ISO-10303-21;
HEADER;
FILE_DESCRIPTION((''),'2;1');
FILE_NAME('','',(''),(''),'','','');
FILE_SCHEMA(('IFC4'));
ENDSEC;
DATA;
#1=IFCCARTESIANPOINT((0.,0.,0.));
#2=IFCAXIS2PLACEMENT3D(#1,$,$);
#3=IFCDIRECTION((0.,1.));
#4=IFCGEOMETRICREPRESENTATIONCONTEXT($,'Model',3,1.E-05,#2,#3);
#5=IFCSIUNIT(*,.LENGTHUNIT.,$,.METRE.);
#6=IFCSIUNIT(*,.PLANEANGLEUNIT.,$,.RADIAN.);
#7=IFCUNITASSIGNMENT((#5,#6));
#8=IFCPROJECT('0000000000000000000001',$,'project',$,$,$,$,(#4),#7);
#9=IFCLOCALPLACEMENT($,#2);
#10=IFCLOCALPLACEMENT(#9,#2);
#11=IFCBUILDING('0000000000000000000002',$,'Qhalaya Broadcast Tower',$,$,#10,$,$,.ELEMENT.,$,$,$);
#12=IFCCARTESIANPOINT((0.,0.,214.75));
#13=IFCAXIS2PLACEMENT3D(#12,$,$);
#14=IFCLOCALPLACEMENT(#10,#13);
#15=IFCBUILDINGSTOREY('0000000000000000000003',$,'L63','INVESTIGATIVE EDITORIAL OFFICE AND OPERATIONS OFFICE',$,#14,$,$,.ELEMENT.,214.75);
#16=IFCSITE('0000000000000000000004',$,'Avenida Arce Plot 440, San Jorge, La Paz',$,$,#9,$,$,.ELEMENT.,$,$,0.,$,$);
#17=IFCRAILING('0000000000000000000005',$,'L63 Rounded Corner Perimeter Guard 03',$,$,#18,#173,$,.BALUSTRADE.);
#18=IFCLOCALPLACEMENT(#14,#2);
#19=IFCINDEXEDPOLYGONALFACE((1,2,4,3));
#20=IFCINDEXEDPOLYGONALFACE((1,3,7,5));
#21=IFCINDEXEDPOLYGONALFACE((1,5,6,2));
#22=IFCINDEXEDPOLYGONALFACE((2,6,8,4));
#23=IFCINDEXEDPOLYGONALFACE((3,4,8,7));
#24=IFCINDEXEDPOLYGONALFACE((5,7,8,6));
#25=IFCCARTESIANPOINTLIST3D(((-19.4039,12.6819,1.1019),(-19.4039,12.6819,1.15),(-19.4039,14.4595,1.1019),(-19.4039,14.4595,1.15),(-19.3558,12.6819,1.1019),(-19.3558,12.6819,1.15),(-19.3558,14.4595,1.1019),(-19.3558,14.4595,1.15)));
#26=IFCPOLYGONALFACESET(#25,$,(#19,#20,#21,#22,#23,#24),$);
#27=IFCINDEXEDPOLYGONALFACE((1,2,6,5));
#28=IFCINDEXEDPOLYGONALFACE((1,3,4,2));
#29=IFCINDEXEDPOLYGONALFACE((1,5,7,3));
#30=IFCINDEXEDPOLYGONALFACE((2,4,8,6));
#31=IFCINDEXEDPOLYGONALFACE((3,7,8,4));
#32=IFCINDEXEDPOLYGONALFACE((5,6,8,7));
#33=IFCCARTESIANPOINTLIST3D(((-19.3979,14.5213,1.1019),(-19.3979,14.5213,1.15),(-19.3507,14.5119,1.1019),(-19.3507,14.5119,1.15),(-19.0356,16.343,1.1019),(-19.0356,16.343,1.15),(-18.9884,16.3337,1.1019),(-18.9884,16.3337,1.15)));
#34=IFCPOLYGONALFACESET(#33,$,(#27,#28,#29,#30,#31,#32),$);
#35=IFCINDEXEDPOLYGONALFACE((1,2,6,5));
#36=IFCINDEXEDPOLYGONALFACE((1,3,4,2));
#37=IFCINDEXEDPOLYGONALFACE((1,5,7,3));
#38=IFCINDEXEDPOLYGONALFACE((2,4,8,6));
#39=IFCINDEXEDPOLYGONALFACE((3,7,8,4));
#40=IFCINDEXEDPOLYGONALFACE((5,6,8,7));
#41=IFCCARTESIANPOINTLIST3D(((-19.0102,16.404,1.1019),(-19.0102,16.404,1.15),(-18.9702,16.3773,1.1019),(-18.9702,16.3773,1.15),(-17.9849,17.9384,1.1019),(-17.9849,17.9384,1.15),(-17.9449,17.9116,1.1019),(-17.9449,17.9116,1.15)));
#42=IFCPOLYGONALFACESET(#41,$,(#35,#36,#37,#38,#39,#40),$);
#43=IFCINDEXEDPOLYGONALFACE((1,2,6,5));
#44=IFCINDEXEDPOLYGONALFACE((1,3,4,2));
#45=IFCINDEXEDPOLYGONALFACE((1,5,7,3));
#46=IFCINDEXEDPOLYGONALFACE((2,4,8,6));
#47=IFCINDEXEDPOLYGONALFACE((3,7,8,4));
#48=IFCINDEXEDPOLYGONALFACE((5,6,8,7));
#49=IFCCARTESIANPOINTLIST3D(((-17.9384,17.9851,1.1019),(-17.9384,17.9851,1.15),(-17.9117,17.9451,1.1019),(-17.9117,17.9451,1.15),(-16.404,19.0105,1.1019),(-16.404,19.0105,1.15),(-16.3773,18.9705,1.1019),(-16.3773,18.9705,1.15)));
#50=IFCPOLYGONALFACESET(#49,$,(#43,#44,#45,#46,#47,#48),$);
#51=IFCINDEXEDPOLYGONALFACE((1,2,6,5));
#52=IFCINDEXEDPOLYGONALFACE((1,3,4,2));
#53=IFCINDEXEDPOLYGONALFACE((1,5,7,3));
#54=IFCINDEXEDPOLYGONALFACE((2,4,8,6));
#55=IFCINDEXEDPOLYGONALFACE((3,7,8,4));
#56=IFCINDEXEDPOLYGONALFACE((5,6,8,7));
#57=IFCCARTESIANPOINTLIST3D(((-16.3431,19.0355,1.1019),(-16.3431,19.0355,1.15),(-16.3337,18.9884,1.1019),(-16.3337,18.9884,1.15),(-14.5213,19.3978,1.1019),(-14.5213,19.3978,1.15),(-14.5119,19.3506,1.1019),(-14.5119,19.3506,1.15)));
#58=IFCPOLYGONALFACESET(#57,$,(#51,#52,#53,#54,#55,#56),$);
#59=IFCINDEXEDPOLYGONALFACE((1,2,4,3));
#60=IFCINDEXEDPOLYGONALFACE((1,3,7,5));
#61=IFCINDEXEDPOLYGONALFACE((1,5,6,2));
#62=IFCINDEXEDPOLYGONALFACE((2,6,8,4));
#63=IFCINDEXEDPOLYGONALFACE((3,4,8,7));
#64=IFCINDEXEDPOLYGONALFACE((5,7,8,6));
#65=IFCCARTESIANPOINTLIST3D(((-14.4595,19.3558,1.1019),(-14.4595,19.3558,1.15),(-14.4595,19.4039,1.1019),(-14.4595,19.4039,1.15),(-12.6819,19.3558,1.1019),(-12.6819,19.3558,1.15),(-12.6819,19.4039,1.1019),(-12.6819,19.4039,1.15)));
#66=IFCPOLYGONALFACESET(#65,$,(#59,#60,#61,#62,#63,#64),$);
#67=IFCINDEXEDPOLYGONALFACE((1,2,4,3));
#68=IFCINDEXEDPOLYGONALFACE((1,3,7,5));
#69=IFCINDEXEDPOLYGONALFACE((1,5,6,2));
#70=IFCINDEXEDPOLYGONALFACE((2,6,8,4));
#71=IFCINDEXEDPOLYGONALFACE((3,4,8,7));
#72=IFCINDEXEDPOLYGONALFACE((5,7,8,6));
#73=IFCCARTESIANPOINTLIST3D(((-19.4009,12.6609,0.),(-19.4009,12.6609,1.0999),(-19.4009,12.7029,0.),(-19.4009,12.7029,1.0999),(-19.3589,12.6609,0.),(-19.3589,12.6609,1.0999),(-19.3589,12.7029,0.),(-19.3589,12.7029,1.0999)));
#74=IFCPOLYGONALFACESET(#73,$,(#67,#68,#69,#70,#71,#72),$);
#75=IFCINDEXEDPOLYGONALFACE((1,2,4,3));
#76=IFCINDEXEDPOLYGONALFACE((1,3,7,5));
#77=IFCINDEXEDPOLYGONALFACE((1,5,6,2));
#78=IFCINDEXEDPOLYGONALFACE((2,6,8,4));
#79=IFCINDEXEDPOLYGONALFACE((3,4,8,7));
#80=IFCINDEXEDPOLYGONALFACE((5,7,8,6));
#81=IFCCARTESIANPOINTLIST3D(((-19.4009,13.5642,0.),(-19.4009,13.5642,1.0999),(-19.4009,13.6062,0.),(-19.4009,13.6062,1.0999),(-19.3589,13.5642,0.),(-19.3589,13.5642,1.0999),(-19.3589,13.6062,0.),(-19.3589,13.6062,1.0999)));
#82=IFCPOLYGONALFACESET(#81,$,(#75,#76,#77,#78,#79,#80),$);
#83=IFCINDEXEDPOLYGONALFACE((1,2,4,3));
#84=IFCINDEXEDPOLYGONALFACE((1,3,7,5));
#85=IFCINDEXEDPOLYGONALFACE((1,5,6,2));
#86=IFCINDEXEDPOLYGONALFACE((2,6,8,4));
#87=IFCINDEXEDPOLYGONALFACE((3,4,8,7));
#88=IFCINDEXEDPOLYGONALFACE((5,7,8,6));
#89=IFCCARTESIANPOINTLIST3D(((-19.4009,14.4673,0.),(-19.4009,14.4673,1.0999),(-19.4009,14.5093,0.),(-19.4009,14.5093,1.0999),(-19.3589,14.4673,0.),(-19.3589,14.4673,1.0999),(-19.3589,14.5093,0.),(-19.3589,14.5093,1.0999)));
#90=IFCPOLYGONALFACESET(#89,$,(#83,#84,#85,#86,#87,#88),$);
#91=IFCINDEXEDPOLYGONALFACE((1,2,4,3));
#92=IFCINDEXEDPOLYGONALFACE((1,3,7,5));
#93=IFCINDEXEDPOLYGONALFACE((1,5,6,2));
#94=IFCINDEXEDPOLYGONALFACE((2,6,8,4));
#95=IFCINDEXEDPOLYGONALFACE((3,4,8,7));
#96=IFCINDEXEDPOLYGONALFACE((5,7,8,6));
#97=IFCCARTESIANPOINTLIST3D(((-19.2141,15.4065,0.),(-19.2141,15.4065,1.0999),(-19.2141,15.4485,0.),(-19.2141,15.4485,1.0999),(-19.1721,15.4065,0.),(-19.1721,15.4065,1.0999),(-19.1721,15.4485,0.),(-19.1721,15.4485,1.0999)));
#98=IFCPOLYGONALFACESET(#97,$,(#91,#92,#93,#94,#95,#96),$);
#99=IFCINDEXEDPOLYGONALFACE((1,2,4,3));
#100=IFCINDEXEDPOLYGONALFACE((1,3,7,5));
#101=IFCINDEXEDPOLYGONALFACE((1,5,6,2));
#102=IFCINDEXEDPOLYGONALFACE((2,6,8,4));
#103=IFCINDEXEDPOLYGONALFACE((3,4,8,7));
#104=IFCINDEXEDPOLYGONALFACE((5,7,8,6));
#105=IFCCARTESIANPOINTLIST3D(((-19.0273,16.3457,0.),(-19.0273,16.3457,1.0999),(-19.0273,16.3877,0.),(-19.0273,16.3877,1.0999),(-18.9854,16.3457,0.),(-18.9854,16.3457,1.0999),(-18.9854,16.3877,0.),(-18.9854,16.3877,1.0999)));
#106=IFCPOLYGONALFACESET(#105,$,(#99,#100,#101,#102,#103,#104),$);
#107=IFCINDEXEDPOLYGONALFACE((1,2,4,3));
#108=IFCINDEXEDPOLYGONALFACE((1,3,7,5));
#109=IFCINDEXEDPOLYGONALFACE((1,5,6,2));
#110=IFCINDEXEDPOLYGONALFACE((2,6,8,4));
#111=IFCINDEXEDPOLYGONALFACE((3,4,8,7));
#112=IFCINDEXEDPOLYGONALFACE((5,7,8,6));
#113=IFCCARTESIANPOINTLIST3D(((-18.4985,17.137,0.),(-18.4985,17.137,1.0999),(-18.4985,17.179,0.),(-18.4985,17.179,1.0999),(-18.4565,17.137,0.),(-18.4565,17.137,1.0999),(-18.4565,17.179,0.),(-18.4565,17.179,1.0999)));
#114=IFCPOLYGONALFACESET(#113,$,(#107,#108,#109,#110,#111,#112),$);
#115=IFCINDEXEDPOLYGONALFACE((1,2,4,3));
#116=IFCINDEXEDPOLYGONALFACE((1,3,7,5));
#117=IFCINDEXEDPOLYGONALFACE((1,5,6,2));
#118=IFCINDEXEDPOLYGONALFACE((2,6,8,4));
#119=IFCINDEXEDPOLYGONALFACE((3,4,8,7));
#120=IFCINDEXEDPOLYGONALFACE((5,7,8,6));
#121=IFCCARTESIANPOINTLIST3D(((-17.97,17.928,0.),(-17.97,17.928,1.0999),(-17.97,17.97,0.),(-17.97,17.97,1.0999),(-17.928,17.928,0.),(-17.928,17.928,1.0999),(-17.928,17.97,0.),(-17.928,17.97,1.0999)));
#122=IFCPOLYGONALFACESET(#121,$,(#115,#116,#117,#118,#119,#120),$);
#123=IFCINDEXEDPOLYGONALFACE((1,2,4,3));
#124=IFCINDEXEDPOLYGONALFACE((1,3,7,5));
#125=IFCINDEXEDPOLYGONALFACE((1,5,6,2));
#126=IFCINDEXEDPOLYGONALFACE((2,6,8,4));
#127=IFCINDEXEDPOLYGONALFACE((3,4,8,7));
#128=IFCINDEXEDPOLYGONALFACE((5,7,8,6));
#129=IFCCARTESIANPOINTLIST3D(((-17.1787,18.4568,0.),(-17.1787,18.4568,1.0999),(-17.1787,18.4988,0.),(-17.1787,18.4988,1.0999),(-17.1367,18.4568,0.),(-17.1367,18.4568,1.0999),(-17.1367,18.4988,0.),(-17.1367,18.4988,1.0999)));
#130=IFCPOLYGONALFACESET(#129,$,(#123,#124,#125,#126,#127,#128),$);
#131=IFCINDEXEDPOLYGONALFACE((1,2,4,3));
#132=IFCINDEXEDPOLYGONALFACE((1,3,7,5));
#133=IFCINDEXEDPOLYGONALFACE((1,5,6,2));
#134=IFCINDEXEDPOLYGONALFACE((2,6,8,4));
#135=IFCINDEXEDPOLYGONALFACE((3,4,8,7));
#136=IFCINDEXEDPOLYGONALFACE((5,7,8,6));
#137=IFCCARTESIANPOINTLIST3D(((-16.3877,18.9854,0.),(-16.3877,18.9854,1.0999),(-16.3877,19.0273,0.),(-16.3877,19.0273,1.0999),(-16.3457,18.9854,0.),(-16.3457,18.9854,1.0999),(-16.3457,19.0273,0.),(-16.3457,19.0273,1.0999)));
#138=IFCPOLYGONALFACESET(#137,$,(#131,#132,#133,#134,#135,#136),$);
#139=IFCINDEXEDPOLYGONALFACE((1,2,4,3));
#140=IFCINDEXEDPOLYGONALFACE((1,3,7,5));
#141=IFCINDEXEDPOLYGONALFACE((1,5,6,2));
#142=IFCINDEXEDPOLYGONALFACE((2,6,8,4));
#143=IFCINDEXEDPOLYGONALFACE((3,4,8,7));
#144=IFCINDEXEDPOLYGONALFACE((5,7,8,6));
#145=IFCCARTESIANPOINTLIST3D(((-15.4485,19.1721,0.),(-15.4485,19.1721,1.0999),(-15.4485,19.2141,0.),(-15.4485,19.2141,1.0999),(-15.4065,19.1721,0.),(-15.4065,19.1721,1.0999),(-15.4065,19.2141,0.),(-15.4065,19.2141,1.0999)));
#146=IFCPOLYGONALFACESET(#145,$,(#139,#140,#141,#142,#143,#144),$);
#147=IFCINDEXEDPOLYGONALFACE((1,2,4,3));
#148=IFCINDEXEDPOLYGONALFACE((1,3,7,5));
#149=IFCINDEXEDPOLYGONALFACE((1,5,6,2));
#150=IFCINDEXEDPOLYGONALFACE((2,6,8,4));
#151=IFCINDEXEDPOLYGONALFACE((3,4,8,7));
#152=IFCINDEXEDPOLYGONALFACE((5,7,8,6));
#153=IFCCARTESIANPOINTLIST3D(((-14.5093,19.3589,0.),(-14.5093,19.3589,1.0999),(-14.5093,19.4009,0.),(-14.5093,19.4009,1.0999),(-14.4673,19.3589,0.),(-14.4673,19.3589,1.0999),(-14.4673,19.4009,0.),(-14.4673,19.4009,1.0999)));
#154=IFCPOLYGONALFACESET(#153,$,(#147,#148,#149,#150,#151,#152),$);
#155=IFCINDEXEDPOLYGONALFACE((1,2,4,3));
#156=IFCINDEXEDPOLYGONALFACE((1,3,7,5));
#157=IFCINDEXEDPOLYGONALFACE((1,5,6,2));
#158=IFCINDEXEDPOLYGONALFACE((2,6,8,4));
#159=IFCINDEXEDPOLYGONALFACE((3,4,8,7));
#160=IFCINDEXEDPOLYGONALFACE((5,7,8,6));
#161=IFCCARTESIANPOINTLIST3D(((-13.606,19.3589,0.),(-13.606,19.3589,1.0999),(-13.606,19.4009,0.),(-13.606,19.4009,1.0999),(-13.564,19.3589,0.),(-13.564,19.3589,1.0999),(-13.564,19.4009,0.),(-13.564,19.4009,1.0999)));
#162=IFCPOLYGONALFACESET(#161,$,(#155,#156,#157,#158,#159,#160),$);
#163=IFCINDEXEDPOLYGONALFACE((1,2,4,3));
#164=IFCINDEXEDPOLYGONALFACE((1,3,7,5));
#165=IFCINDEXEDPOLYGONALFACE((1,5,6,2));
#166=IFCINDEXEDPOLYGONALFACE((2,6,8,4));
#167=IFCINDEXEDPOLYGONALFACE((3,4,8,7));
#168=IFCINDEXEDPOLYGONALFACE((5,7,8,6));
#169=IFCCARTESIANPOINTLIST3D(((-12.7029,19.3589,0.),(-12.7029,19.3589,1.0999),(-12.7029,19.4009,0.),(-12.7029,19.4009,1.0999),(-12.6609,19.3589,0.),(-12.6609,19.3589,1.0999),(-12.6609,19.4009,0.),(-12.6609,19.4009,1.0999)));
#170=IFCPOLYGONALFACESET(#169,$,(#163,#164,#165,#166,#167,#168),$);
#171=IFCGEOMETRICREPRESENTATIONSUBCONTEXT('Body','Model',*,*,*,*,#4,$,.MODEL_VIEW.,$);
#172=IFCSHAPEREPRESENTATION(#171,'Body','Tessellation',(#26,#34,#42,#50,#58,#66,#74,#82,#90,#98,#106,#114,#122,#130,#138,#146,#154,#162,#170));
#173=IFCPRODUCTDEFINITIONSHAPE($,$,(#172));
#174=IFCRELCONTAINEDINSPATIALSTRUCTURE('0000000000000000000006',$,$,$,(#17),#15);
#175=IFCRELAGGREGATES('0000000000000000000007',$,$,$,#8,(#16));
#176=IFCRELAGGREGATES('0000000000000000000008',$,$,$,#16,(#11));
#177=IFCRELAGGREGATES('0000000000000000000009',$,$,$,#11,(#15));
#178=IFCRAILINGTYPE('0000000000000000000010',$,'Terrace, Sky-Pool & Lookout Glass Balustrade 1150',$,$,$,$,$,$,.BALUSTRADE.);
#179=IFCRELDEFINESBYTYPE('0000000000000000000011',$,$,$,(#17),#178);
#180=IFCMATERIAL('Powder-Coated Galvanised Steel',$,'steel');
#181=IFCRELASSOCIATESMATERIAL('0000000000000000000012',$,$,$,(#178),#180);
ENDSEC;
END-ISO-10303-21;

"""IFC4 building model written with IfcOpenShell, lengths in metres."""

from ifc_helpers import new_model, si_unit, direction, frame, origin, origin_2d, place, context, subcontext, project, spatial, rectangle, extrude, material, type_object, element, save


model = new_model("IFC4")

# Units and contexts
model_context = context("Model", 3, precision=1e-05, world=origin(), true_north=direction((0.0, 1.0)))
body_context = subcontext(model_context, "Body", "Model", "MODEL_VIEW")
ifc_project = project(units=[si_unit("LENGTHUNIT", "METRE"), si_unit("PLANEANGLEUNIT", "RADIAN")], contexts=[model_context])

# Site, building, storey
site_placement = place(None, origin())
site = spatial("IfcSite", under=ifc_project, at=site_placement, Name="Avenida Arce Plot 440, San Jorge, La Paz", CompositionType="ELEMENT", RefElevation=0.0)
building_placement = place(site_placement, origin())
building = spatial("IfcBuilding", under=site, at=building_placement, Name="Qhalaya Broadcast Tower", CompositionType="ELEMENT")
storey_placement = place(building_placement, frame((0.0, 0.0, 214.75)))
storey = spatial("IfcBuildingStorey", under=building, at=storey_placement, Name="L63", Description="INVESTIGATIVE EDITORIAL OFFICE AND OPERATIONS OFFICE", CompositionType="ELEMENT", Elevation=214.75)

# Railing
ifc_material_1 = material(Name="Powder-Coated Galvanised Steel", Category="steel")
railing_type = type_object("IfcRailingType", Name="Terrace, Sky-Pool & Lookout Glass Balustrade 1150", PredefinedType="BALUSTRADE", material=ifc_material_1)
railing_placement = place(storey_placement, frame((-19.3799, 12.6819, 0.0)))
element("IfcRailing", 1, at=railing_placement, inside=storey, type_object=railing_type, Name="L63 Rounded Corner Perimeter Guard 03", PredefinedType="BALUSTRADE", context=body_context, shape_type="SweptSolid", body=[
    extrude(rectangle(XDim=0.0481, YDim=0.0481, at=origin_2d()), frame((0.0, 0.0, 1.126), z_axis=(0.0, 1.0, 0.0), x_axis=(-1.0, 0.0, 0.0)), (0.0, 0.0, 1.0), 1.7776),
    extrude(rectangle(XDim=0.0481, YDim=0.0481, at=origin_2d()), frame((0.0056, 1.8347, 1.126), z_axis=(0.195037, 0.980796, 0.0), x_axis=(-0.980796, 0.195037, 0.0)), (0.0, 0.0, 1.0), 1.8574),
    extrude(rectangle(XDim=0.0481, YDim=0.0481, at=origin_2d()), frame((0.3896, 3.7087, 1.126), z_axis=(0.555618, 0.831438, 0.0), x_axis=(-0.831438, 0.555618, 0.0)), (0.0, 0.0, 1.0), 1.8455),
    extrude(rectangle(XDim=0.0481, YDim=0.0481, at=origin_2d()), frame((1.4548, 5.2832, 1.126), z_axis=(0.831438, 0.555618, 0.0), x_axis=(-0.555618, 0.831438, 0.0)), (0.0, 0.0, 1.0), 1.8455),
    extrude(rectangle(XDim=0.0481, YDim=0.0481, at=origin_2d()), frame((3.0415, 6.3301, 1.126), z_axis=(0.980796, 0.195037, 0.0), x_axis=(-0.195037, 0.980796, 0.0)), (0.0, 0.0, 1.0), 1.8574),
    extrude(rectangle(XDim=0.0481, YDim=0.0481, at=origin_2d()), frame((4.9204, 6.698, 1.126), z_axis=(1.0, 0.0, 0.0), x_axis=(0.0, 1.0, 0.0)), (0.0, 0.0, 1.0), 1.7776),
    extrude(rectangle(XDim=0.042, YDim=0.042, at=origin_2d()), origin(), (0.0, 0.0, 1.0), 1.0999),
    extrude(rectangle(XDim=0.042, YDim=0.042, at=origin_2d()), frame((0.0, 0.9033, 0.0)), (0.0, 0.0, 1.0), 1.0999),
    extrude(rectangle(XDim=0.042, YDim=0.042, at=origin_2d()), frame((0.0, 1.8064, 0.0)), (0.0, 0.0, 1.0), 1.0999),
    extrude(rectangle(XDim=0.042, YDim=0.042, at=origin_2d()), frame((0.1868, 2.7456, 0.0)), (0.0, 0.0, 1.0), 1.0999),
    extrude(rectangle(XDim=0.042, YDim=0.042, at=origin_2d()), frame((0.3735, 3.6848, 0.0)), (0.0, 0.0, 1.0), 1.0999),
    extrude(rectangle(XDim=0.042, YDim=0.042, at=origin_2d()), frame((0.9023, 4.4761, 0.0)), (0.0, 0.0, 1.0), 1.0999),
    extrude(rectangle(XDim=0.042, YDim=0.042, at=origin_2d()), frame((1.4309, 5.2671, 0.0)), (0.0, 0.0, 1.0), 1.0999),
    extrude(rectangle(XDim=0.042, YDim=0.042, at=origin_2d()), frame((2.2222, 5.7959, 0.0)), (0.0, 0.0, 1.0), 1.0999),
    extrude(rectangle(XDim=0.042, YDim=0.042, at=origin_2d()), frame((3.0132, 6.3245, 0.0)), (0.0, 0.0, 1.0), 1.0999),
    extrude(rectangle(XDim=0.042, YDim=0.042, at=origin_2d()), frame((3.9524, 6.5112, 0.0)), (0.0, 0.0, 1.0), 1.0999),
    extrude(rectangle(XDim=0.042, YDim=0.042, at=origin_2d()), frame((4.8916, 6.698, 0.0)), (0.0, 0.0, 1.0), 1.0999),
    extrude(rectangle(XDim=0.042, YDim=0.042, at=origin_2d()), frame((5.7949, 6.698, 0.0)), (0.0, 0.0, 1.0), 1.0999),
    extrude(rectangle(XDim=0.042, YDim=0.042, at=origin_2d()), frame((6.698, 6.698, 0.0)), (0.0, 0.0, 1.0), 1.0999),
])

save(model, "model.ifc")
